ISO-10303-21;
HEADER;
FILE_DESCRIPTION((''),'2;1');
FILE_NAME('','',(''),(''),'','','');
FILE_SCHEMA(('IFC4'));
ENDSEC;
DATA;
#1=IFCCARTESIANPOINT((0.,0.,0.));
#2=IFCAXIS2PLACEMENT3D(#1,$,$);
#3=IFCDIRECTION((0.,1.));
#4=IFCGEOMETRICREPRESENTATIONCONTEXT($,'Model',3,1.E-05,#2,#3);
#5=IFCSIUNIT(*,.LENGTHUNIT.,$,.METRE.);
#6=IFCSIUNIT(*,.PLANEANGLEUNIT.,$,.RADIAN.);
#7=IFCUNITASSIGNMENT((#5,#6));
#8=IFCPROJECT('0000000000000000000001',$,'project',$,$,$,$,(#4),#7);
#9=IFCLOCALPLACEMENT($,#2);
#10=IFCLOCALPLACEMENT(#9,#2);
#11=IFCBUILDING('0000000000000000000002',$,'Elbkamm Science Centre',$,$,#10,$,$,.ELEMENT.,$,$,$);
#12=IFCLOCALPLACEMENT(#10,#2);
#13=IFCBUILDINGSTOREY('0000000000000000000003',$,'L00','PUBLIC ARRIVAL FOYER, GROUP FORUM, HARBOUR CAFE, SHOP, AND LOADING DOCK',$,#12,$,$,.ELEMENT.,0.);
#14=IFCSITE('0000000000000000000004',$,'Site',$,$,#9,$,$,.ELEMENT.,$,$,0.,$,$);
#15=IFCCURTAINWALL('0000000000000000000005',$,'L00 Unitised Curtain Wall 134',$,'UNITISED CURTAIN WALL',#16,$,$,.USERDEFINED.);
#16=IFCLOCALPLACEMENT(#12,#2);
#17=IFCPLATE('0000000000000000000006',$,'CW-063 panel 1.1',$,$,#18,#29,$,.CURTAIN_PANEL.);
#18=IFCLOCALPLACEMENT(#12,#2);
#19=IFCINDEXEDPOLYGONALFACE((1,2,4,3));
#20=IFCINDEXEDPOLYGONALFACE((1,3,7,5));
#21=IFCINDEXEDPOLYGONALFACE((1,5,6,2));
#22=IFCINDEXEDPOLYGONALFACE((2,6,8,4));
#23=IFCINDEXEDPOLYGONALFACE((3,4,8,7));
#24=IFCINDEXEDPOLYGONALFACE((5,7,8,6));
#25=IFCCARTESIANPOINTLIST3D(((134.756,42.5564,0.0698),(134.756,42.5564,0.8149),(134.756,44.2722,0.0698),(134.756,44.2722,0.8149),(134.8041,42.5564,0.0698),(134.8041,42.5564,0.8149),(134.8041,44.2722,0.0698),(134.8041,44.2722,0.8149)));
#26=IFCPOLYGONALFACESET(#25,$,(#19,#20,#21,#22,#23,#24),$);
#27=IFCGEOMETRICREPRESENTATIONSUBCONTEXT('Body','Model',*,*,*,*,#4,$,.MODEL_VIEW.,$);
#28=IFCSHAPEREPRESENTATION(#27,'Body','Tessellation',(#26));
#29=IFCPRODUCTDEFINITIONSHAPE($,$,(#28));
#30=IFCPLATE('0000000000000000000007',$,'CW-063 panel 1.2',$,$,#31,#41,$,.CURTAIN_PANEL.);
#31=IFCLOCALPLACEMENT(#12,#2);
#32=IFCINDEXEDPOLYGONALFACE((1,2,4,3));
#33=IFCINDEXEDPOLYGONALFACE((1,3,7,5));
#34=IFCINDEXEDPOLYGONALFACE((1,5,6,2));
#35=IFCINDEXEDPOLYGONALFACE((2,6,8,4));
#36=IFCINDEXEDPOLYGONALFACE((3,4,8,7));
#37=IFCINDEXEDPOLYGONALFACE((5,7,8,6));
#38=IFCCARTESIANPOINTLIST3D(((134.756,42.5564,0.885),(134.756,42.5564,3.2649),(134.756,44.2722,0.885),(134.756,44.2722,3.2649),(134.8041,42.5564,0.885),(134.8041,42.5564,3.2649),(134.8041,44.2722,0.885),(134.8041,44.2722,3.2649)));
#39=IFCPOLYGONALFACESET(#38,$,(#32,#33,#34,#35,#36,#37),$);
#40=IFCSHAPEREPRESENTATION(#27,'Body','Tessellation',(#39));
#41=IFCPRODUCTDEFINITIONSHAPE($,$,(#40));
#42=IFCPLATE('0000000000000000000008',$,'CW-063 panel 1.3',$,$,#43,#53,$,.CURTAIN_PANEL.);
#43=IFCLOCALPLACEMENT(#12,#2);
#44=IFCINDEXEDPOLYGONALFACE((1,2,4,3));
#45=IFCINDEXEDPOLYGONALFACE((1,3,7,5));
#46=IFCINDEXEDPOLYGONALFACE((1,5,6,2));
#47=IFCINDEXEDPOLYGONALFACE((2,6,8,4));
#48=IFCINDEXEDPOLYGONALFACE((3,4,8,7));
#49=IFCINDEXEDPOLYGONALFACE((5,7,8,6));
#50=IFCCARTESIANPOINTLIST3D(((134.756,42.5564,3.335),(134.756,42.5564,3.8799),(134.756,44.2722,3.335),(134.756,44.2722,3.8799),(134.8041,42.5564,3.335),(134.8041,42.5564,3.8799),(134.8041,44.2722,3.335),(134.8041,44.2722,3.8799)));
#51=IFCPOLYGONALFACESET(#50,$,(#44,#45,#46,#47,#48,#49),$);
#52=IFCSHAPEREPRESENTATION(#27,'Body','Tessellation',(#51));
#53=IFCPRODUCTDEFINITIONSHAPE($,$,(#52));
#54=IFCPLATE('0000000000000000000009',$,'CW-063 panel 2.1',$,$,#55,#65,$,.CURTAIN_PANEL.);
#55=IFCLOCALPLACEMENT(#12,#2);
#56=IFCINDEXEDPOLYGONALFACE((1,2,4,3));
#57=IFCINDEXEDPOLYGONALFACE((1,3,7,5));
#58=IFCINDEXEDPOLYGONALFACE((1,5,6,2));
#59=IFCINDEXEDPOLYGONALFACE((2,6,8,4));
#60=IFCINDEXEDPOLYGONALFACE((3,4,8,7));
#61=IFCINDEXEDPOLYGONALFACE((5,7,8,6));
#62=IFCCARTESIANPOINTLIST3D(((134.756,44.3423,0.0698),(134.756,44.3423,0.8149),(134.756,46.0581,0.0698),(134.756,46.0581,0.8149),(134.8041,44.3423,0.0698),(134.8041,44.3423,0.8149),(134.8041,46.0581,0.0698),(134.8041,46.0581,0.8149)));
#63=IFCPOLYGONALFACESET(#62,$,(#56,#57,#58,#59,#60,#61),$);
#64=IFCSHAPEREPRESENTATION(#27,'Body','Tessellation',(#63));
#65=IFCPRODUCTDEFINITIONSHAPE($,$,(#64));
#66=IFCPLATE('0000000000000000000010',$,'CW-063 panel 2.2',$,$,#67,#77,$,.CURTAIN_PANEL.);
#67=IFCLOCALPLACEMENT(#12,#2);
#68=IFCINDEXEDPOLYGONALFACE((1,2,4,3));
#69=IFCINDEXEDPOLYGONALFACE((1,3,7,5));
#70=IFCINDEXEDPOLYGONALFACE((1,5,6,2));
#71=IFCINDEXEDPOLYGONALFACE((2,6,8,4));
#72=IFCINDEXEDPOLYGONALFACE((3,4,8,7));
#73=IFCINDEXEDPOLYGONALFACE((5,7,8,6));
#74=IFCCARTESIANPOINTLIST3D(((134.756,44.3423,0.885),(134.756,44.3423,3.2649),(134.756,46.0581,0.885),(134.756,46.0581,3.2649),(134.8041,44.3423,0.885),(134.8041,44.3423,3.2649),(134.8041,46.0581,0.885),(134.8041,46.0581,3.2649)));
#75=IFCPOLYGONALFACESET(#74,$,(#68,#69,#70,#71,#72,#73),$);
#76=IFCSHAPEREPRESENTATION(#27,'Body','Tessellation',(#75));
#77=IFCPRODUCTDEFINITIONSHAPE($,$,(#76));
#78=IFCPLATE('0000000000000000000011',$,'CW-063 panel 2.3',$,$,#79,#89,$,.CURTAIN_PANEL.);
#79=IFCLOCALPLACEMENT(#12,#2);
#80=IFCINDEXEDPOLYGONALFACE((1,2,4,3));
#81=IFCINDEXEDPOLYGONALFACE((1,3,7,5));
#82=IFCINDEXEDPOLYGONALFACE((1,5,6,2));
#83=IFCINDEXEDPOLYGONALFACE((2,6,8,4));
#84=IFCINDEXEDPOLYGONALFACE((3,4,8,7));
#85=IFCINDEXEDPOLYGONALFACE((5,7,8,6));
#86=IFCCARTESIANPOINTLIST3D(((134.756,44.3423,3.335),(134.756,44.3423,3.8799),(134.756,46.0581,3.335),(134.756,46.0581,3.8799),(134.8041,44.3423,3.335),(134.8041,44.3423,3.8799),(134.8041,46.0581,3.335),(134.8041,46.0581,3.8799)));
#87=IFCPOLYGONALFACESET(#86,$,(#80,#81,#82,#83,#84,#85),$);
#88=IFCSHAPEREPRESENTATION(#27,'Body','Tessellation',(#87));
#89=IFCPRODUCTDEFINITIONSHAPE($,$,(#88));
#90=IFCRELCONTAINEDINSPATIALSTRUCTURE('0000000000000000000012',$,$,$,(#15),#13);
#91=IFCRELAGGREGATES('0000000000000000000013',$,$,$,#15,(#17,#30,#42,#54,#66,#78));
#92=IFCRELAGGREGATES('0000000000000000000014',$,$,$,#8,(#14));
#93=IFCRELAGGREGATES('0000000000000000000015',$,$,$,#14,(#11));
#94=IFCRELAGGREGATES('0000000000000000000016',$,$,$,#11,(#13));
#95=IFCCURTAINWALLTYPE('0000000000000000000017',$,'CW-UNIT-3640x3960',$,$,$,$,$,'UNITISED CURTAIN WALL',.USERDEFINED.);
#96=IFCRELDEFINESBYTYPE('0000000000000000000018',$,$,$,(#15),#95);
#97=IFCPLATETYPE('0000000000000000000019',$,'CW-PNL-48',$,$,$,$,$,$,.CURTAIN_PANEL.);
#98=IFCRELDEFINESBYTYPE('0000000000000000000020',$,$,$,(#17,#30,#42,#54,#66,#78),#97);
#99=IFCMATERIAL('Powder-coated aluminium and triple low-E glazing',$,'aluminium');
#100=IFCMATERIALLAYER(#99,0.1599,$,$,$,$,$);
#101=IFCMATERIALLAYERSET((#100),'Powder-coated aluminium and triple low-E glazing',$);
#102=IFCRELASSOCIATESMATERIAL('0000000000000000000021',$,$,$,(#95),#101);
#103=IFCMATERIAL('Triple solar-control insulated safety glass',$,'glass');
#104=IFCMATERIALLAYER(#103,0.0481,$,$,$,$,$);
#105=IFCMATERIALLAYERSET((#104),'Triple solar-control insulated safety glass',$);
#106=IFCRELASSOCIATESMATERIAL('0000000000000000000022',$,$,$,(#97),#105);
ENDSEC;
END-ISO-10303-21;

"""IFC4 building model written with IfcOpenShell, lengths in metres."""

from ifc_helpers import new_model, si_unit, direction, frame, origin, origin_2d, place, context, subcontext, project, spatial, rectangle, extrude, material, layer, layer_set, type_object, element, aggregate, save


model = new_model("IFC4")

# Units and contexts
model_context = context("Model", 3, precision=1e-05, world=origin(), true_north=direction((0.0, 1.0)))
body_context = subcontext(model_context, "Body", "Model", "MODEL_VIEW")
ifc_project = project(units=[si_unit("LENGTHUNIT", "METRE"), si_unit("PLANEANGLEUNIT", "RADIAN")], contexts=[model_context])

# Site, building, storey
site_placement = place(None, origin())
site = spatial("IfcSite", under=ifc_project, at=site_placement, Name="Site", CompositionType="ELEMENT", RefElevation=0.0)
building_placement = place(site_placement, origin())
building = spatial("IfcBuilding", under=site, at=building_placement, Name="Elbkamm Science Centre", CompositionType="ELEMENT")
storey_placement = place(building_placement, origin())
storey = spatial("IfcBuildingStorey", under=building, at=storey_placement, Name="L00", Description="PUBLIC ARRIVAL FOYER, GROUP FORUM, HARBOUR CAFE, SHOP, AND LOADING DOCK", CompositionType="ELEMENT", Elevation=0.0)

# Shared definitions
ifc_material_1 = material(Name="Powder-coated aluminium and triple low-E glazing", Category="aluminium")
ifc_layer_1 = layer(ifc_material_1, 0.1599)
ifc_layer_set_1 = layer_set([ifc_layer_1], Name="Powder-coated aluminium and triple low-E glazing")
curtain_wall_type = type_object("IfcCurtainWallType", Name="CW-UNIT-3640x3960", ElementType="UNITISED CURTAIN WALL", PredefinedType="USERDEFINED", material=ifc_layer_set_1)

# Curtain wall
curtain_wall_1_placement = place(storey_placement, origin())
curtain_wall_1 = element("IfcCurtainWall", 1, at=curtain_wall_1_placement, inside=storey, type_object=curtain_wall_type, Name="L00 Unitised Curtain Wall 134", ObjectType="UNITISED CURTAIN WALL", PredefinedType="USERDEFINED")

# Plates
ifc_material_2 = material(Name="Triple solar-control insulated safety glass", Category="glass")
ifc_layer_2 = layer(ifc_material_2, 0.0481)
ifc_layer_set_2 = layer_set([ifc_layer_2], Name="Triple solar-control insulated safety glass")
plate_type = type_object("IfcPlateType", Name="CW-PNL-48", PredefinedType="CURTAIN_PANEL", material=ifc_layer_set_2)
plate_1_placement = place(storey_placement, frame((134.78, 43.4143, 0.0698), z_axis=(0.0, 0.0, 1.0), x_axis=(0.0, 1.0, 0.0)))
plate_1 = element("IfcPlate", 2, at=plate_1_placement, type_object=plate_type, Name="CW-063 panel 1.1", PredefinedType="CURTAIN_PANEL", context=body_context, shape_type="SweptSolid", body=[
    extrude(rectangle(XDim=1.7158, YDim=0.0481, at=origin_2d()), origin(), (0.0, 0.0, 1.0), 0.7451),
])
plate_2_placement = place(storey_placement, frame((134.78, 43.4143, 0.885), z_axis=(0.0, 0.0, 1.0), x_axis=(0.0, 1.0, 0.0)))
plate_2 = element("IfcPlate", 3, at=plate_2_placement, type_object=plate_type, Name="CW-063 panel 1.2", PredefinedType="CURTAIN_PANEL", context=body_context, shape_type="SweptSolid", body=[
    extrude(rectangle(XDim=1.7158, YDim=0.0481, at=origin_2d()), origin(), (0.0, 0.0, 1.0), 2.3799),
])
plate_3_placement = place(storey_placement, frame((134.78, 43.4143, 3.335), z_axis=(0.0, 0.0, 1.0), x_axis=(0.0, 1.0, 0.0)))
plate_3 = element("IfcPlate", 4, at=plate_3_placement, type_object=plate_type, Name="CW-063 panel 1.3", PredefinedType="CURTAIN_PANEL", context=body_context, shape_type="SweptSolid", body=[
    extrude(rectangle(XDim=1.7158, YDim=0.0481, at=origin_2d()), origin(), (0.0, 0.0, 1.0), 0.5449),
])
plate_4_placement = place(storey_placement, frame((134.78, 45.2002, 0.0698), z_axis=(0.0, 0.0, 1.0), x_axis=(0.0, 1.0, 0.0)))
plate_4 = element("IfcPlate", 5, at=plate_4_placement, type_object=plate_type, Name="CW-063 panel 2.1", PredefinedType="CURTAIN_PANEL", context=body_context, shape_type="SweptSolid", body=[
    extrude(rectangle(XDim=1.7158, YDim=0.0481, at=origin_2d()), origin(), (0.0, 0.0, 1.0), 0.7451),
])
plate_5_placement = place(storey_placement, frame((134.78, 45.2002, 0.885), z_axis=(0.0, 0.0, 1.0), x_axis=(0.0, 1.0, 0.0)))
plate_5 = element("IfcPlate", 6, at=plate_5_placement, type_object=plate_type, Name="CW-063 panel 2.2", PredefinedType="CURTAIN_PANEL", context=body_context, shape_type="SweptSolid", body=[
    extrude(rectangle(XDim=1.7158, YDim=0.0481, at=origin_2d()), origin(), (0.0, 0.0, 1.0), 2.3799),
])
plate_6_placement = place(storey_placement, frame((134.78, 45.2002, 3.335), z_axis=(0.0, 0.0, 1.0), x_axis=(0.0, 1.0, 0.0)))
plate_6 = element("IfcPlate", 7, at=plate_6_placement, type_object=plate_type, Name="CW-063 panel 2.3", PredefinedType="CURTAIN_PANEL", context=body_context, shape_type="SweptSolid", body=[
    extrude(rectangle(XDim=1.7158, YDim=0.0481, at=origin_2d()), origin(), (0.0, 0.0, 1.0), 0.5449),
])
aggregate(curtain_wall_1, [plate_1, plate_2, plate_3, plate_4, plate_5, plate_6])

save(model, "model.ifc")
